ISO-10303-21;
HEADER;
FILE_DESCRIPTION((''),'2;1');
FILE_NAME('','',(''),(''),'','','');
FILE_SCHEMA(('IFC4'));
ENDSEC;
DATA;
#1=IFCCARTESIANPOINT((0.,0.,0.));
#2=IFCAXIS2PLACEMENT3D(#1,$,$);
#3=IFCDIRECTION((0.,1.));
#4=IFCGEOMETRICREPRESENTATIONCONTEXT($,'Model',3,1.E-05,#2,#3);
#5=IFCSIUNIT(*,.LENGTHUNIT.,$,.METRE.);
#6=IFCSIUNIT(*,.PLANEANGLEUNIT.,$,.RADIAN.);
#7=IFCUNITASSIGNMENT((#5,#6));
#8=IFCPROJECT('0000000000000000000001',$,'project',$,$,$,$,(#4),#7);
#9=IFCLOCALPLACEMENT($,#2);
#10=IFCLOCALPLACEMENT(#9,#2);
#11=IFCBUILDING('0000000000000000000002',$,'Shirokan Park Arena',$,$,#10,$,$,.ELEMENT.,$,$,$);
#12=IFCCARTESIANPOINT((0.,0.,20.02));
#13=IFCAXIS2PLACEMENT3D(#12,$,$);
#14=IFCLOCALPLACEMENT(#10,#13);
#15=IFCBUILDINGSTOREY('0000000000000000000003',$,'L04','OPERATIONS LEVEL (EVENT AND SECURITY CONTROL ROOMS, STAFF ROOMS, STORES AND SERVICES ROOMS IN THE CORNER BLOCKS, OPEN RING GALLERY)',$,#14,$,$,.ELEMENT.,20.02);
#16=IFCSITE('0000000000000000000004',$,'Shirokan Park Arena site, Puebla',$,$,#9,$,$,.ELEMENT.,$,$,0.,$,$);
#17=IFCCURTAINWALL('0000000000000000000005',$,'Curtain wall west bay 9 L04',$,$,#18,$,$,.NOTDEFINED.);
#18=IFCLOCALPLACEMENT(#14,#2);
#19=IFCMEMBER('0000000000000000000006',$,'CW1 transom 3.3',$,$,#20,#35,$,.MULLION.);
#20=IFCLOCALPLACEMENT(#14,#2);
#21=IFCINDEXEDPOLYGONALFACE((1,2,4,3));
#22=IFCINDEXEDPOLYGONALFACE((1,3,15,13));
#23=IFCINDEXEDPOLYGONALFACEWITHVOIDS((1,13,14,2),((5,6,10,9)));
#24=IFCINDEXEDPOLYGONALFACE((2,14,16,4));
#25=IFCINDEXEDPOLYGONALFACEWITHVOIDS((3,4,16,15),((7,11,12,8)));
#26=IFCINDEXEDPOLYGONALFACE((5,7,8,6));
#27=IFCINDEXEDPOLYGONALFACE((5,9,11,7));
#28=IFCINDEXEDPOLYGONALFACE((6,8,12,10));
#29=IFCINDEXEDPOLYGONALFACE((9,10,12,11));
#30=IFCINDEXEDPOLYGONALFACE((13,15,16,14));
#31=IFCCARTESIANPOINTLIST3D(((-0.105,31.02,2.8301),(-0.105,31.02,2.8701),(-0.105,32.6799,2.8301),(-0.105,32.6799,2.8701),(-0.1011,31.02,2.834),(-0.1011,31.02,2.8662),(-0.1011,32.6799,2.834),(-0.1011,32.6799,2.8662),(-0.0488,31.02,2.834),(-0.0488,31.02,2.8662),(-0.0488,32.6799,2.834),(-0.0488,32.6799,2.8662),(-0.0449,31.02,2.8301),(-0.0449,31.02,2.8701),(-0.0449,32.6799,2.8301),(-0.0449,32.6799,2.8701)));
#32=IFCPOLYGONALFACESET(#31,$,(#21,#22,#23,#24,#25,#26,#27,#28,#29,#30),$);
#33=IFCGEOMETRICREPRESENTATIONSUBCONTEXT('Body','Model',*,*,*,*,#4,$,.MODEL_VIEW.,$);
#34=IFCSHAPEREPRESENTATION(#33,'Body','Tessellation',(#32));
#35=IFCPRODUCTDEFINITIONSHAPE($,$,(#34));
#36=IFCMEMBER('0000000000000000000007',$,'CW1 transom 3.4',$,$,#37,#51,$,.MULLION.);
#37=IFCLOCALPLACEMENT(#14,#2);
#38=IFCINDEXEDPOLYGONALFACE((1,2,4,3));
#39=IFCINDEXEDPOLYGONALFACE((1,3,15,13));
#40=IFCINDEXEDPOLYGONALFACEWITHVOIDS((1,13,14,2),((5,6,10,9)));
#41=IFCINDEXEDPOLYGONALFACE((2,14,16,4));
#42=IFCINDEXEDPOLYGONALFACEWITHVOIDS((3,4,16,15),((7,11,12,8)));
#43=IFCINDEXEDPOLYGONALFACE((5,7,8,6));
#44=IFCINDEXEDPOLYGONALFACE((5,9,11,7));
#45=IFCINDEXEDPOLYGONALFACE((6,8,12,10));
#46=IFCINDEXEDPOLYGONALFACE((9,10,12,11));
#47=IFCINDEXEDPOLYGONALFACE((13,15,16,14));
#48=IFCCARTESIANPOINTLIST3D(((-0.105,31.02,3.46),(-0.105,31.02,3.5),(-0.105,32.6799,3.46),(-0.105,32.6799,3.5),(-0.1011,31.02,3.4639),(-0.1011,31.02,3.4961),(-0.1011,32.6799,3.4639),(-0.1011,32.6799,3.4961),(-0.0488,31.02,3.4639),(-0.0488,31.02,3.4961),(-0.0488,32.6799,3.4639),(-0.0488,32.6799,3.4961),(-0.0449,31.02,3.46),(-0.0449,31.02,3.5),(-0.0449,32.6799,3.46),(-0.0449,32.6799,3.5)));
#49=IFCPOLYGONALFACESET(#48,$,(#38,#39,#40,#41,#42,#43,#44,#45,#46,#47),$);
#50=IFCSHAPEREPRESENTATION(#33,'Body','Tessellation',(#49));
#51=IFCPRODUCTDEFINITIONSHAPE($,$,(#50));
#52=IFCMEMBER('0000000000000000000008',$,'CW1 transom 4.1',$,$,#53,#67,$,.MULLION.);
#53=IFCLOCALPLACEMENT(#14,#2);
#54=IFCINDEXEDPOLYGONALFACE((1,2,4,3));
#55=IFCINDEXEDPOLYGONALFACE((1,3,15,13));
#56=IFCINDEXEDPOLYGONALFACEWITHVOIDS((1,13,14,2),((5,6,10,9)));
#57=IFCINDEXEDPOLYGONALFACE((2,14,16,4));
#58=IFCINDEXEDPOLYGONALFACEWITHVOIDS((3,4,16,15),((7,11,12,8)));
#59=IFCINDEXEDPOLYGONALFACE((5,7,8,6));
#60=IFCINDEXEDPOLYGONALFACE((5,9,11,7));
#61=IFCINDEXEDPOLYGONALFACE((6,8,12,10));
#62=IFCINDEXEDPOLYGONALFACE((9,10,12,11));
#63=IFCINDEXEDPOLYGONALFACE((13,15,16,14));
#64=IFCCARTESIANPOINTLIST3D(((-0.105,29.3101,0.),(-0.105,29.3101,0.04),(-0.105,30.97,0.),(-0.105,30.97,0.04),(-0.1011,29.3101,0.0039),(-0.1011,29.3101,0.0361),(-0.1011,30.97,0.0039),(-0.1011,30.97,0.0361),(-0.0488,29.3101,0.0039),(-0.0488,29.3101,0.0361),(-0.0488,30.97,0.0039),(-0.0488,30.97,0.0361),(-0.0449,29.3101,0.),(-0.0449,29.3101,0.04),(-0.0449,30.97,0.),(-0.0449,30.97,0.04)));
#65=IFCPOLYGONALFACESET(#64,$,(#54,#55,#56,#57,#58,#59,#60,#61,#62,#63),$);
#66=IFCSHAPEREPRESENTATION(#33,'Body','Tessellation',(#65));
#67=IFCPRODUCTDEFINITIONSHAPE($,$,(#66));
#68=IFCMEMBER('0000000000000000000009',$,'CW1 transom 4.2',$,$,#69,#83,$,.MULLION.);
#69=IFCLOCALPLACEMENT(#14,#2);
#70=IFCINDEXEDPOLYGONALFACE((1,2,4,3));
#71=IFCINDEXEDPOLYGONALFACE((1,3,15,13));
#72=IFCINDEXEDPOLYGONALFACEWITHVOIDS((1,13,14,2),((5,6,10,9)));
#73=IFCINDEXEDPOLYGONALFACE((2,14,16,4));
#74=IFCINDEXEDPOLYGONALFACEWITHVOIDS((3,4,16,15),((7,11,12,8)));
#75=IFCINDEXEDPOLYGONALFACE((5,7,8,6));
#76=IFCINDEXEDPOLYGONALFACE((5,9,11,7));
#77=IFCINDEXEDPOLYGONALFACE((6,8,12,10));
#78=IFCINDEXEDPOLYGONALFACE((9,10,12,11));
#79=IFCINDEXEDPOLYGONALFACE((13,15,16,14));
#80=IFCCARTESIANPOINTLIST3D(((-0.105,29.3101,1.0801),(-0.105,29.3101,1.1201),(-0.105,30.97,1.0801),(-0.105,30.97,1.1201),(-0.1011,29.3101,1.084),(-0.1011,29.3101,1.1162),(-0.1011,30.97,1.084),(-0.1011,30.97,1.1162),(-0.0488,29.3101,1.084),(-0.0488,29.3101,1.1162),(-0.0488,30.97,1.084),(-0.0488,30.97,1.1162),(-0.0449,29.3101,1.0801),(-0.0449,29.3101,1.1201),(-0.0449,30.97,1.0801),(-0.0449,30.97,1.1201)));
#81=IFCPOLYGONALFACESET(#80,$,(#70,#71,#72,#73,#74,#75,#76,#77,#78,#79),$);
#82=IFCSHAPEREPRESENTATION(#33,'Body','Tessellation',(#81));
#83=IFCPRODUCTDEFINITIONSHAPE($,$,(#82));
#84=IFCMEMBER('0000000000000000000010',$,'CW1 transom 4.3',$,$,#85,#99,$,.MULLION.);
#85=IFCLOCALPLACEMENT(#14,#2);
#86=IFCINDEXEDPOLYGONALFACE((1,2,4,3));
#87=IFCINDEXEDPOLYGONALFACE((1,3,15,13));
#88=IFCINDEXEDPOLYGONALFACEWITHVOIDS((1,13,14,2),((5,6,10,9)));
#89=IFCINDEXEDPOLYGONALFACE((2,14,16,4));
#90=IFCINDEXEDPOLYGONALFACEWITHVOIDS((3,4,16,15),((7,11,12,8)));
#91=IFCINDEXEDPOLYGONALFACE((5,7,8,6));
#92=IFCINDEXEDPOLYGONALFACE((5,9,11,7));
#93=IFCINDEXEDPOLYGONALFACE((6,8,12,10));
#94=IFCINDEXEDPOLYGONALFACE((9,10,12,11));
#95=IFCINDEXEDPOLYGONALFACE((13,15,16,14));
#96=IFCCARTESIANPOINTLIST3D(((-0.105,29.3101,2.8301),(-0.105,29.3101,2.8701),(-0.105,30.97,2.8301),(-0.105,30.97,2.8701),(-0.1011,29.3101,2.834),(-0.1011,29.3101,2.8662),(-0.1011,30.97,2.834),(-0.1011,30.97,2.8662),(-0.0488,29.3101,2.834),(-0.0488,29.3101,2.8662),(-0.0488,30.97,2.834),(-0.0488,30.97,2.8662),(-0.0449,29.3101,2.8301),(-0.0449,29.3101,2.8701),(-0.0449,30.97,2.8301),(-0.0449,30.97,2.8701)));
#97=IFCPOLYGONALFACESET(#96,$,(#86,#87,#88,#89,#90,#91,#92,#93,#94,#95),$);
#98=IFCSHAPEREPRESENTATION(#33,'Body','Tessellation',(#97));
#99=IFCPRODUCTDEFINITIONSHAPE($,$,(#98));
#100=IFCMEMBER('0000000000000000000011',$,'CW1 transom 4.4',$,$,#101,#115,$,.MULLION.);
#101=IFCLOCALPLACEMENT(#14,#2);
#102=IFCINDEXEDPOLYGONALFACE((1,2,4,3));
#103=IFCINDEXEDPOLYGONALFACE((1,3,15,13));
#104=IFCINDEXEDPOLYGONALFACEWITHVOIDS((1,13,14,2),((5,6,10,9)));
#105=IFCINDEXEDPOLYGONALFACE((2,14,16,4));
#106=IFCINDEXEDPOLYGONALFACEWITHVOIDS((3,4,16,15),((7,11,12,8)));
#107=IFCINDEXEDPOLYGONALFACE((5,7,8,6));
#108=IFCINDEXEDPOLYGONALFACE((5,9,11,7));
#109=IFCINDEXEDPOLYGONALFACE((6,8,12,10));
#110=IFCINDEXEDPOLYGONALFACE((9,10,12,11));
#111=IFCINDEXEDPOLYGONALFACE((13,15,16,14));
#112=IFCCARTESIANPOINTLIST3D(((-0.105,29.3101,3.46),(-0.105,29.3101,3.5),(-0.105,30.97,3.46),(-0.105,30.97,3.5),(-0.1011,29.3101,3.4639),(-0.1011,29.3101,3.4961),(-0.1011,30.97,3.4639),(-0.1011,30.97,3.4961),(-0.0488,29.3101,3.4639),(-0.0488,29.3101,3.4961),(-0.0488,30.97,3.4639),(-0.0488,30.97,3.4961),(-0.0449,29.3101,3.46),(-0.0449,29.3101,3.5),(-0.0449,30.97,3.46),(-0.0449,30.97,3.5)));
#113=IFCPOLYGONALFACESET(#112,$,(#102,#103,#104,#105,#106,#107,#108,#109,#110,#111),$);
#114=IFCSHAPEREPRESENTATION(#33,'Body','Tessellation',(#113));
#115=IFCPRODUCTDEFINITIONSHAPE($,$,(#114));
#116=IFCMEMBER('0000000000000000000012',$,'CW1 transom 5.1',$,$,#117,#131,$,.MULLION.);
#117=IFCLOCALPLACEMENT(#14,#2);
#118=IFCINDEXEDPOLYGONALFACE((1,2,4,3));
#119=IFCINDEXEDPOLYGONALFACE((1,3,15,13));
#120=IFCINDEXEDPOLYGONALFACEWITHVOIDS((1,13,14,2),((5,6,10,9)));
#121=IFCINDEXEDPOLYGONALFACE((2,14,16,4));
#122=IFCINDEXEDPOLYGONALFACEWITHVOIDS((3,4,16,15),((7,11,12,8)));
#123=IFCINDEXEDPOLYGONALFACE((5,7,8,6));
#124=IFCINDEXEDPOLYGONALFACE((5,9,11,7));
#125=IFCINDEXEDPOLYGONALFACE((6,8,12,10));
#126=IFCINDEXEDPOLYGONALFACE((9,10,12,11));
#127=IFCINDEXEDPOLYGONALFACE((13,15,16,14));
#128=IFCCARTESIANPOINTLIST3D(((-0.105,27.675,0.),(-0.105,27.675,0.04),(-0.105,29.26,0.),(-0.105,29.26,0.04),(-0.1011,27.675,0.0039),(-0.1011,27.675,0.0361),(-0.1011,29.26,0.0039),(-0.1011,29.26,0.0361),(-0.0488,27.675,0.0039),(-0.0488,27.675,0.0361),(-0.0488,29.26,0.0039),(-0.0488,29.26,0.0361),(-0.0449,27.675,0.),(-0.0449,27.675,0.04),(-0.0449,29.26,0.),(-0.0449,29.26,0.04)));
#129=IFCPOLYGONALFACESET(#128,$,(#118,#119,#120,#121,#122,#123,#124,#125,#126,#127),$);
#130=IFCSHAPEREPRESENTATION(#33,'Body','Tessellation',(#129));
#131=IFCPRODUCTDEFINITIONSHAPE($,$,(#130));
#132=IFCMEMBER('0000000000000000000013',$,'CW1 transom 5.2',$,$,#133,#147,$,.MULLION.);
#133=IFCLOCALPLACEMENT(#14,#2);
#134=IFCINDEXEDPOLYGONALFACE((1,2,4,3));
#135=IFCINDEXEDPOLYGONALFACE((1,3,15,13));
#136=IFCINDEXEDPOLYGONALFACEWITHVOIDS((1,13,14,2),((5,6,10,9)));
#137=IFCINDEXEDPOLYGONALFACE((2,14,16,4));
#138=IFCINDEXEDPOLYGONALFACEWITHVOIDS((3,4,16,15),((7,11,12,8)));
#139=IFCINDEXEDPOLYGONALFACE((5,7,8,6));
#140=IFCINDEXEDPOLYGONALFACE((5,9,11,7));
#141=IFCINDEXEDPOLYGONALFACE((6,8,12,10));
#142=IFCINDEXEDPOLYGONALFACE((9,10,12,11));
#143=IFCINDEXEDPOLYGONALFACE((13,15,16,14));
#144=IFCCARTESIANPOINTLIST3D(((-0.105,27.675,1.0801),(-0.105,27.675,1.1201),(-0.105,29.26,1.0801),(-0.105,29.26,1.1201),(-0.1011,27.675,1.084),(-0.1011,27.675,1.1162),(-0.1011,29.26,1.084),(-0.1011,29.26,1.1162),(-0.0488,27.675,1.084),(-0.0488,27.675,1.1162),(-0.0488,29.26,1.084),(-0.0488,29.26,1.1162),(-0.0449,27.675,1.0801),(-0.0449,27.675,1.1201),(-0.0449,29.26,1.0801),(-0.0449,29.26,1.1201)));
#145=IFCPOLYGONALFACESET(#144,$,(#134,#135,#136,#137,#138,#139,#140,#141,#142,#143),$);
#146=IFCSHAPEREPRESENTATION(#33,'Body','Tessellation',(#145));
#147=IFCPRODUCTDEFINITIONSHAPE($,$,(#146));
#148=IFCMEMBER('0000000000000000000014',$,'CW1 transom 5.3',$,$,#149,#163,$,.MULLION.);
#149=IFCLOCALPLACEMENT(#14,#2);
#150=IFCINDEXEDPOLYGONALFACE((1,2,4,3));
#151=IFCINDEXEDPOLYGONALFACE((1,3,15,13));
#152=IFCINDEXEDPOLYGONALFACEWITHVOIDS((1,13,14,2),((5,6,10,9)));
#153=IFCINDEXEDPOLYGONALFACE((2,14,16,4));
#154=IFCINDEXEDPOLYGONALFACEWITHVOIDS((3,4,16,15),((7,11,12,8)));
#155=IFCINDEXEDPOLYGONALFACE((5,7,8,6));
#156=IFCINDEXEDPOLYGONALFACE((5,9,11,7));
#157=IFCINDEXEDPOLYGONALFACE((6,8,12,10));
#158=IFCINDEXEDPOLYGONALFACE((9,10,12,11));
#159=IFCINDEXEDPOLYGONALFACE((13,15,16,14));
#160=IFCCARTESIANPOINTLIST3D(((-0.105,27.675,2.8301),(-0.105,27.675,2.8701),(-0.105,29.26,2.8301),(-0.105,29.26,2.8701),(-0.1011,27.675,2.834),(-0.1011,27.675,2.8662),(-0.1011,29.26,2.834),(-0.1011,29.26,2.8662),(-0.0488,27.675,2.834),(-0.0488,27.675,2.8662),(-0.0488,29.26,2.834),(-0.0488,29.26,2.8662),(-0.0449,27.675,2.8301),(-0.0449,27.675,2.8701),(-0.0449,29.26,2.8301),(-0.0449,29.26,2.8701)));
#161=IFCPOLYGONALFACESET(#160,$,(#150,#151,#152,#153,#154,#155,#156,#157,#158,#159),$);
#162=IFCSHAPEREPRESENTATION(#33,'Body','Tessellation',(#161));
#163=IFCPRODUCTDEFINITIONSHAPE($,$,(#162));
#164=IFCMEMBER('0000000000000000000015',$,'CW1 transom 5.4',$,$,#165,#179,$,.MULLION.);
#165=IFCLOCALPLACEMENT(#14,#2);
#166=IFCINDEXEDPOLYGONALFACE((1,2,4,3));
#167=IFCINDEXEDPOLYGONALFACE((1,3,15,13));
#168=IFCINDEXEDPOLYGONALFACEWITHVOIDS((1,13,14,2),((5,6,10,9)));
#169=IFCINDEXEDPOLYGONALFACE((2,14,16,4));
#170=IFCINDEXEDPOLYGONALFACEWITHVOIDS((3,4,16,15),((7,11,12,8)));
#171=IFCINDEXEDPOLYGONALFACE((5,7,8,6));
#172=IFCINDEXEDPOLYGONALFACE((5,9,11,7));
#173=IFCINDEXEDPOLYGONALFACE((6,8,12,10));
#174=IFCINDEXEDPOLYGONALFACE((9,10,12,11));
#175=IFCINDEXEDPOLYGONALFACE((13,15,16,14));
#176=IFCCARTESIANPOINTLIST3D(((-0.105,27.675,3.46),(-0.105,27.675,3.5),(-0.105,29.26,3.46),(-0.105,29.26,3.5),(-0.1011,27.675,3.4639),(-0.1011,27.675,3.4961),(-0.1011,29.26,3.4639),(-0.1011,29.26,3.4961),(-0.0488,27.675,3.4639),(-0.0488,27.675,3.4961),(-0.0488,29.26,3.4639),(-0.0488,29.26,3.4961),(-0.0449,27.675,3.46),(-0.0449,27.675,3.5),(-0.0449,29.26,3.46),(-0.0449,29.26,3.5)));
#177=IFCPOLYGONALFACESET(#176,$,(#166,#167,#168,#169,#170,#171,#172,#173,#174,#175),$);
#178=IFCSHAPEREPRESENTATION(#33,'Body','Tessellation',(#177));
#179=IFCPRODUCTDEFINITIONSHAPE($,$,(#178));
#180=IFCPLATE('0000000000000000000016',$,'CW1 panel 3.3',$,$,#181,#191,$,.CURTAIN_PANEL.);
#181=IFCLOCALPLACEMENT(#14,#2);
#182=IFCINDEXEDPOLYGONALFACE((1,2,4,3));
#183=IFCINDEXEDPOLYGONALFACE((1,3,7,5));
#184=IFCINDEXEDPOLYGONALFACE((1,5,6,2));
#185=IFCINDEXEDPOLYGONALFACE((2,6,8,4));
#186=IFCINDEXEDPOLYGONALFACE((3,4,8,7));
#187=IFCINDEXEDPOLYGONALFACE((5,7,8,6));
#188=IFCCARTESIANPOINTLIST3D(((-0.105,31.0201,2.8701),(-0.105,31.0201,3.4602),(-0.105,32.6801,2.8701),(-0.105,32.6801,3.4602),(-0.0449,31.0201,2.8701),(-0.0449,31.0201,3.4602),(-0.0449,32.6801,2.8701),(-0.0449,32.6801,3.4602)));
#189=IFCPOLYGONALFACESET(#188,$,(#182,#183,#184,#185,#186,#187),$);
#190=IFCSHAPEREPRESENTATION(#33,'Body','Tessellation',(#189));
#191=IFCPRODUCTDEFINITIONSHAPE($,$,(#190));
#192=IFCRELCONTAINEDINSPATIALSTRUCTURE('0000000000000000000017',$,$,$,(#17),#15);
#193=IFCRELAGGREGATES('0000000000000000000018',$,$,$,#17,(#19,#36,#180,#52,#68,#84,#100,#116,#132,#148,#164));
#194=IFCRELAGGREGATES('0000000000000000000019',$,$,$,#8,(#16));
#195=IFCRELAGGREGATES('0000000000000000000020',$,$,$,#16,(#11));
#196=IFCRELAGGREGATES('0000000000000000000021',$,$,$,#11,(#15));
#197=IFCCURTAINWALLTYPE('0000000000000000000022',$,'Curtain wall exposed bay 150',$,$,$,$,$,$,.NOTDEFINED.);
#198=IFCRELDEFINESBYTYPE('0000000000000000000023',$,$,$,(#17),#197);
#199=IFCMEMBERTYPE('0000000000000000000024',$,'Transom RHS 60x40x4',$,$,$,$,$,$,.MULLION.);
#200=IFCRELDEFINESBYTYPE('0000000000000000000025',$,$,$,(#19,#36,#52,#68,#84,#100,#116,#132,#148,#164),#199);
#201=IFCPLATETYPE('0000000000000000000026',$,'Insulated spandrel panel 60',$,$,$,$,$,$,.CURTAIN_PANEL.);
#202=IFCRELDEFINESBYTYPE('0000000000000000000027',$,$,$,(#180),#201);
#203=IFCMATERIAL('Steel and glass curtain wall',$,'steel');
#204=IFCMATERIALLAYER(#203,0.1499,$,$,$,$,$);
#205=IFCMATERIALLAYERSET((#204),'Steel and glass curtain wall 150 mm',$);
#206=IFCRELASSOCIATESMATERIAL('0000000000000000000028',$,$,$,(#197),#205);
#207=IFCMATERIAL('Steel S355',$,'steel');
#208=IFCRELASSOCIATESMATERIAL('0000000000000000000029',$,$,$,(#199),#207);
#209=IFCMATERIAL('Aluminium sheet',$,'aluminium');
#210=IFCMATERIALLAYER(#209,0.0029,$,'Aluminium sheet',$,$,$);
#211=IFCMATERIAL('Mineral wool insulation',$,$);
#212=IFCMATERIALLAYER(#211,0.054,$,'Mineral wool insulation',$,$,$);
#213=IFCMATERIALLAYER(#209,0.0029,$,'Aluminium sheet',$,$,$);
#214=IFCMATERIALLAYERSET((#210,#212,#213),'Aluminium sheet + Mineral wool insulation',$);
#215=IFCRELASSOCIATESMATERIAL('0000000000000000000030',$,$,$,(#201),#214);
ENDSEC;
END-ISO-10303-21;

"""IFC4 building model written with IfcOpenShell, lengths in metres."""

from ifc_helpers import new_model, si_unit, direction, frame, origin, origin_2d, place, context, subcontext, project, spatial, rectangle, hollow_rectangle, extrude, material, layer, layer_set, material_profile, profile_set, type_object, element, aggregate, save


model = new_model("IFC4")

# Units and contexts
model_context = context("Model", 3, precision=1e-05, world=origin(), true_north=direction((0.0, 1.0)))
body_context = subcontext(model_context, "Body", "Model", "MODEL_VIEW")
ifc_project = project(units=[si_unit("LENGTHUNIT", "METRE"), si_unit("PLANEANGLEUNIT", "RADIAN")], contexts=[model_context])

# Site, building, storey
site_placement = place(None, origin())
site = spatial("IfcSite", under=ifc_project, at=site_placement, Name="Shirokan Park Arena site, Puebla", CompositionType="ELEMENT", RefElevation=0.0)
building_placement = place(site_placement, origin())
building = spatial("IfcBuilding", under=site, at=building_placement, Name="Shirokan Park Arena", CompositionType="ELEMENT")
storey_placement = place(building_placement, frame((0.0, 0.0, 20.02)))
storey = spatial("IfcBuildingStorey", under=building, at=storey_placement, Name="L04", Description="OPERATIONS LEVEL (EVENT AND SECURITY CONTROL ROOMS, STAFF ROOMS, STORES AND SERVICES ROOMS IN THE CORNER BLOCKS, OPEN RING GALLERY)", CompositionType="ELEMENT", Elevation=20.02)

# Curtain wall
ifc_material_1 = material(Name="Steel and glass curtain wall", Category="steel")
ifc_layer_1 = layer(ifc_material_1, 0.1499)
ifc_layer_set_1 = layer_set([ifc_layer_1], Name="Steel and glass curtain wall 150 mm")
curtain_wall_type = type_object("IfcCurtainWallType", Name="Curtain wall exposed bay 150", PredefinedType="NOTDEFINED", material=ifc_layer_set_1)
curtain_wall_placement = place(storey_placement, origin())
curtain_wall = element("IfcCurtainWall", 1, at=curtain_wall_placement, inside=storey, type_object=curtain_wall_type, Name="Curtain wall west bay 9 L04", PredefinedType="NOTDEFINED")
ifc_material_2 = material(Name="Steel S355", Category="steel")

# Members
ifc_material_profile_1 = material_profile(ifc_material_2, hollow_rectangle(XDim=0.0601, YDim=0.04, WallThickness=0.0039, at=origin_2d()), Name="RHS 60x40x4")
ifc_profile_set_1 = profile_set([ifc_material_profile_1], Name="Steel S355")
member_type_1 = type_object("IfcMemberType", Name="Transom RHS 60x40x4", PredefinedType="MULLION", material=ifc_profile_set_1)
member_1_placement = place(storey_placement, frame((-0.075, 32.6799, 2.8501), z_axis=(0.0, -1.0, 0.0), x_axis=(1.0, 0.0, 0.0)))
member_1 = element("IfcMember", 2, at=member_1_placement, type_object=member_type_1, Name="CW1 transom 3.3", PredefinedType="MULLION", context=body_context, shape_type="SweptSolid", body=[
    extrude(hollow_rectangle(XDim=0.0601, YDim=0.04, WallThickness=0.0039, at=origin_2d()), origin(), (0.0, 0.0, 1.0), 1.6599),
])
member_2_placement = place(storey_placement, frame((-0.075, 32.6799, 3.48), z_axis=(0.0, -1.0, 0.0), x_axis=(1.0, 0.0, 0.0)))
member_2 = element("IfcMember", 3, at=member_2_placement, type_object=member_type_1, Name="CW1 transom 3.4", PredefinedType="MULLION", context=body_context, shape_type="SweptSolid", body=[
    extrude(hollow_rectangle(XDim=0.0601, YDim=0.04, WallThickness=0.0039, at=origin_2d()), origin(), (0.0, 0.0, 1.0), 1.6599),
])
member_3_placement = place(storey_placement, frame((-0.075, 30.97, 0.02), z_axis=(0.0, -1.0, 0.0), x_axis=(1.0, 0.0, 0.0)))
member_3 = element("IfcMember", 4, at=member_3_placement, type_object=member_type_1, Name="CW1 transom 4.1", PredefinedType="MULLION", context=body_context, shape_type="SweptSolid", body=[
    extrude(hollow_rectangle(XDim=0.0601, YDim=0.04, WallThickness=0.0039, at=origin_2d()), origin(), (0.0, 0.0, 1.0), 1.6599),
])
member_4_placement = place(storey_placement, frame((-0.075, 30.97, 1.1001), z_axis=(0.0, -1.0, 0.0), x_axis=(1.0, 0.0, 0.0)))
member_4 = element("IfcMember", 5, at=member_4_placement, type_object=member_type_1, Name="CW1 transom 4.2", PredefinedType="MULLION", context=body_context, shape_type="SweptSolid", body=[
    extrude(hollow_rectangle(XDim=0.0601, YDim=0.04, WallThickness=0.0039, at=origin_2d()), origin(), (0.0, 0.0, 1.0), 1.6599),
])
member_5_placement = place(storey_placement, frame((-0.075, 30.97, 2.8501), z_axis=(0.0, -1.0, 0.0), x_axis=(1.0, 0.0, 0.0)))
member_5 = element("IfcMember", 6, at=member_5_placement, type_object=member_type_1, Name="CW1 transom 4.3", PredefinedType="MULLION", context=body_context, shape_type="SweptSolid", body=[
    extrude(hollow_rectangle(XDim=0.0601, YDim=0.04, WallThickness=0.0039, at=origin_2d()), origin(), (0.0, 0.0, 1.0), 1.6599),
])
member_6_placement = place(storey_placement, frame((-0.075, 30.97, 3.48), z_axis=(0.0, -1.0, 0.0), x_axis=(1.0, 0.0, 0.0)))
member_6 = element("IfcMember", 7, at=member_6_placement, type_object=member_type_1, Name="CW1 transom 4.4", PredefinedType="MULLION", context=body_context, shape_type="SweptSolid", body=[
    extrude(hollow_rectangle(XDim=0.0601, YDim=0.04, WallThickness=0.0039, at=origin_2d()), origin(), (0.0, 0.0, 1.0), 1.6599),
])
member_7_placement = place(storey_placement, frame((-0.075, 29.26, 0.02), z_axis=(0.0, -1.0, 0.0), x_axis=(1.0, 0.0, 0.0)))
member_7 = element("IfcMember", 8, at=member_7_placement, type_object=member_type_1, Name="CW1 transom 5.1", PredefinedType="MULLION", context=body_context, shape_type="SweptSolid", body=[
    extrude(hollow_rectangle(XDim=0.0601, YDim=0.04, WallThickness=0.0039, at=origin_2d()), origin(), (0.0, 0.0, 1.0), 1.585),
])
member_8_placement = place(storey_placement, frame((-0.075, 29.26, 1.1001), z_axis=(0.0, -1.0, 0.0), x_axis=(1.0, 0.0, 0.0)))
member_8 = element("IfcMember", 9, at=member_8_placement, type_object=member_type_1, Name="CW1 transom 5.2", PredefinedType="MULLION", context=body_context, shape_type="SweptSolid", body=[
    extrude(hollow_rectangle(XDim=0.0601, YDim=0.04, WallThickness=0.0039, at=origin_2d()), origin(), (0.0, 0.0, 1.0), 1.585),
])
member_9_placement = place(storey_placement, frame((-0.075, 29.26, 2.8501), z_axis=(0.0, -1.0, 0.0), x_axis=(1.0, 0.0, 0.0)))
member_9 = element("IfcMember", 10, at=member_9_placement, type_object=member_type_1, Name="CW1 transom 5.3", PredefinedType="MULLION", context=body_context, shape_type="SweptSolid", body=[
    extrude(hollow_rectangle(XDim=0.0601, YDim=0.04, WallThickness=0.0039, at=origin_2d()), origin(), (0.0, 0.0, 1.0), 1.585),
])
member_10_placement = place(storey_placement, frame((-0.075, 29.26, 3.48), z_axis=(0.0, -1.0, 0.0), x_axis=(1.0, 0.0, 0.0)))
member_10 = element("IfcMember", 11, at=member_10_placement, type_object=member_type_1, Name="CW1 transom 5.4", PredefinedType="MULLION", context=body_context, shape_type="SweptSolid", body=[
    extrude(hollow_rectangle(XDim=0.0601, YDim=0.04, WallThickness=0.0039, at=origin_2d()), origin(), (0.0, 0.0, 1.0), 1.585),
])

# Plate
ifc_material_3 = material(Name="Aluminium sheet", Category="aluminium")
ifc_layer_2 = layer(ifc_material_3, 0.0029, Name="Aluminium sheet")
ifc_material_4 = material(Name="Mineral wool insulation")
ifc_layer_3 = layer(ifc_material_4, 0.054, Name="Mineral wool insulation")
ifc_layer_4 = layer(ifc_material_3, 0.0029, Name="Aluminium sheet")
ifc_layer_set_2 = layer_set([ifc_layer_2, ifc_layer_3, ifc_layer_4], Name="Aluminium sheet + Mineral wool insulation")
plate_type_1 = type_object("IfcPlateType", Name="Insulated spandrel panel 60", PredefinedType="CURTAIN_PANEL", material=ifc_layer_set_2)
plate_1_placement = place(storey_placement, frame((-0.075, 31.8501, 2.8701), z_axis=(0.0, 0.0, 1.0), x_axis=(0.0, -1.0, 0.0)))
plate_1 = element("IfcPlate", 12, at=plate_1_placement, type_object=plate_type_1, Name="CW1 panel 3.3", PredefinedType="CURTAIN_PANEL", context=body_context, shape_type="SweptSolid", body=[
    extrude(rectangle(XDim=1.6599, YDim=0.0601, at=origin_2d()), origin(), (0.0, 0.0, 1.0), 0.5901),
])
aggregate(curtain_wall, [member_1, member_2, plate_1, member_3, member_4, member_5, member_6, member_7, member_8, member_9, member_10])

save(model, "model.ifc")
